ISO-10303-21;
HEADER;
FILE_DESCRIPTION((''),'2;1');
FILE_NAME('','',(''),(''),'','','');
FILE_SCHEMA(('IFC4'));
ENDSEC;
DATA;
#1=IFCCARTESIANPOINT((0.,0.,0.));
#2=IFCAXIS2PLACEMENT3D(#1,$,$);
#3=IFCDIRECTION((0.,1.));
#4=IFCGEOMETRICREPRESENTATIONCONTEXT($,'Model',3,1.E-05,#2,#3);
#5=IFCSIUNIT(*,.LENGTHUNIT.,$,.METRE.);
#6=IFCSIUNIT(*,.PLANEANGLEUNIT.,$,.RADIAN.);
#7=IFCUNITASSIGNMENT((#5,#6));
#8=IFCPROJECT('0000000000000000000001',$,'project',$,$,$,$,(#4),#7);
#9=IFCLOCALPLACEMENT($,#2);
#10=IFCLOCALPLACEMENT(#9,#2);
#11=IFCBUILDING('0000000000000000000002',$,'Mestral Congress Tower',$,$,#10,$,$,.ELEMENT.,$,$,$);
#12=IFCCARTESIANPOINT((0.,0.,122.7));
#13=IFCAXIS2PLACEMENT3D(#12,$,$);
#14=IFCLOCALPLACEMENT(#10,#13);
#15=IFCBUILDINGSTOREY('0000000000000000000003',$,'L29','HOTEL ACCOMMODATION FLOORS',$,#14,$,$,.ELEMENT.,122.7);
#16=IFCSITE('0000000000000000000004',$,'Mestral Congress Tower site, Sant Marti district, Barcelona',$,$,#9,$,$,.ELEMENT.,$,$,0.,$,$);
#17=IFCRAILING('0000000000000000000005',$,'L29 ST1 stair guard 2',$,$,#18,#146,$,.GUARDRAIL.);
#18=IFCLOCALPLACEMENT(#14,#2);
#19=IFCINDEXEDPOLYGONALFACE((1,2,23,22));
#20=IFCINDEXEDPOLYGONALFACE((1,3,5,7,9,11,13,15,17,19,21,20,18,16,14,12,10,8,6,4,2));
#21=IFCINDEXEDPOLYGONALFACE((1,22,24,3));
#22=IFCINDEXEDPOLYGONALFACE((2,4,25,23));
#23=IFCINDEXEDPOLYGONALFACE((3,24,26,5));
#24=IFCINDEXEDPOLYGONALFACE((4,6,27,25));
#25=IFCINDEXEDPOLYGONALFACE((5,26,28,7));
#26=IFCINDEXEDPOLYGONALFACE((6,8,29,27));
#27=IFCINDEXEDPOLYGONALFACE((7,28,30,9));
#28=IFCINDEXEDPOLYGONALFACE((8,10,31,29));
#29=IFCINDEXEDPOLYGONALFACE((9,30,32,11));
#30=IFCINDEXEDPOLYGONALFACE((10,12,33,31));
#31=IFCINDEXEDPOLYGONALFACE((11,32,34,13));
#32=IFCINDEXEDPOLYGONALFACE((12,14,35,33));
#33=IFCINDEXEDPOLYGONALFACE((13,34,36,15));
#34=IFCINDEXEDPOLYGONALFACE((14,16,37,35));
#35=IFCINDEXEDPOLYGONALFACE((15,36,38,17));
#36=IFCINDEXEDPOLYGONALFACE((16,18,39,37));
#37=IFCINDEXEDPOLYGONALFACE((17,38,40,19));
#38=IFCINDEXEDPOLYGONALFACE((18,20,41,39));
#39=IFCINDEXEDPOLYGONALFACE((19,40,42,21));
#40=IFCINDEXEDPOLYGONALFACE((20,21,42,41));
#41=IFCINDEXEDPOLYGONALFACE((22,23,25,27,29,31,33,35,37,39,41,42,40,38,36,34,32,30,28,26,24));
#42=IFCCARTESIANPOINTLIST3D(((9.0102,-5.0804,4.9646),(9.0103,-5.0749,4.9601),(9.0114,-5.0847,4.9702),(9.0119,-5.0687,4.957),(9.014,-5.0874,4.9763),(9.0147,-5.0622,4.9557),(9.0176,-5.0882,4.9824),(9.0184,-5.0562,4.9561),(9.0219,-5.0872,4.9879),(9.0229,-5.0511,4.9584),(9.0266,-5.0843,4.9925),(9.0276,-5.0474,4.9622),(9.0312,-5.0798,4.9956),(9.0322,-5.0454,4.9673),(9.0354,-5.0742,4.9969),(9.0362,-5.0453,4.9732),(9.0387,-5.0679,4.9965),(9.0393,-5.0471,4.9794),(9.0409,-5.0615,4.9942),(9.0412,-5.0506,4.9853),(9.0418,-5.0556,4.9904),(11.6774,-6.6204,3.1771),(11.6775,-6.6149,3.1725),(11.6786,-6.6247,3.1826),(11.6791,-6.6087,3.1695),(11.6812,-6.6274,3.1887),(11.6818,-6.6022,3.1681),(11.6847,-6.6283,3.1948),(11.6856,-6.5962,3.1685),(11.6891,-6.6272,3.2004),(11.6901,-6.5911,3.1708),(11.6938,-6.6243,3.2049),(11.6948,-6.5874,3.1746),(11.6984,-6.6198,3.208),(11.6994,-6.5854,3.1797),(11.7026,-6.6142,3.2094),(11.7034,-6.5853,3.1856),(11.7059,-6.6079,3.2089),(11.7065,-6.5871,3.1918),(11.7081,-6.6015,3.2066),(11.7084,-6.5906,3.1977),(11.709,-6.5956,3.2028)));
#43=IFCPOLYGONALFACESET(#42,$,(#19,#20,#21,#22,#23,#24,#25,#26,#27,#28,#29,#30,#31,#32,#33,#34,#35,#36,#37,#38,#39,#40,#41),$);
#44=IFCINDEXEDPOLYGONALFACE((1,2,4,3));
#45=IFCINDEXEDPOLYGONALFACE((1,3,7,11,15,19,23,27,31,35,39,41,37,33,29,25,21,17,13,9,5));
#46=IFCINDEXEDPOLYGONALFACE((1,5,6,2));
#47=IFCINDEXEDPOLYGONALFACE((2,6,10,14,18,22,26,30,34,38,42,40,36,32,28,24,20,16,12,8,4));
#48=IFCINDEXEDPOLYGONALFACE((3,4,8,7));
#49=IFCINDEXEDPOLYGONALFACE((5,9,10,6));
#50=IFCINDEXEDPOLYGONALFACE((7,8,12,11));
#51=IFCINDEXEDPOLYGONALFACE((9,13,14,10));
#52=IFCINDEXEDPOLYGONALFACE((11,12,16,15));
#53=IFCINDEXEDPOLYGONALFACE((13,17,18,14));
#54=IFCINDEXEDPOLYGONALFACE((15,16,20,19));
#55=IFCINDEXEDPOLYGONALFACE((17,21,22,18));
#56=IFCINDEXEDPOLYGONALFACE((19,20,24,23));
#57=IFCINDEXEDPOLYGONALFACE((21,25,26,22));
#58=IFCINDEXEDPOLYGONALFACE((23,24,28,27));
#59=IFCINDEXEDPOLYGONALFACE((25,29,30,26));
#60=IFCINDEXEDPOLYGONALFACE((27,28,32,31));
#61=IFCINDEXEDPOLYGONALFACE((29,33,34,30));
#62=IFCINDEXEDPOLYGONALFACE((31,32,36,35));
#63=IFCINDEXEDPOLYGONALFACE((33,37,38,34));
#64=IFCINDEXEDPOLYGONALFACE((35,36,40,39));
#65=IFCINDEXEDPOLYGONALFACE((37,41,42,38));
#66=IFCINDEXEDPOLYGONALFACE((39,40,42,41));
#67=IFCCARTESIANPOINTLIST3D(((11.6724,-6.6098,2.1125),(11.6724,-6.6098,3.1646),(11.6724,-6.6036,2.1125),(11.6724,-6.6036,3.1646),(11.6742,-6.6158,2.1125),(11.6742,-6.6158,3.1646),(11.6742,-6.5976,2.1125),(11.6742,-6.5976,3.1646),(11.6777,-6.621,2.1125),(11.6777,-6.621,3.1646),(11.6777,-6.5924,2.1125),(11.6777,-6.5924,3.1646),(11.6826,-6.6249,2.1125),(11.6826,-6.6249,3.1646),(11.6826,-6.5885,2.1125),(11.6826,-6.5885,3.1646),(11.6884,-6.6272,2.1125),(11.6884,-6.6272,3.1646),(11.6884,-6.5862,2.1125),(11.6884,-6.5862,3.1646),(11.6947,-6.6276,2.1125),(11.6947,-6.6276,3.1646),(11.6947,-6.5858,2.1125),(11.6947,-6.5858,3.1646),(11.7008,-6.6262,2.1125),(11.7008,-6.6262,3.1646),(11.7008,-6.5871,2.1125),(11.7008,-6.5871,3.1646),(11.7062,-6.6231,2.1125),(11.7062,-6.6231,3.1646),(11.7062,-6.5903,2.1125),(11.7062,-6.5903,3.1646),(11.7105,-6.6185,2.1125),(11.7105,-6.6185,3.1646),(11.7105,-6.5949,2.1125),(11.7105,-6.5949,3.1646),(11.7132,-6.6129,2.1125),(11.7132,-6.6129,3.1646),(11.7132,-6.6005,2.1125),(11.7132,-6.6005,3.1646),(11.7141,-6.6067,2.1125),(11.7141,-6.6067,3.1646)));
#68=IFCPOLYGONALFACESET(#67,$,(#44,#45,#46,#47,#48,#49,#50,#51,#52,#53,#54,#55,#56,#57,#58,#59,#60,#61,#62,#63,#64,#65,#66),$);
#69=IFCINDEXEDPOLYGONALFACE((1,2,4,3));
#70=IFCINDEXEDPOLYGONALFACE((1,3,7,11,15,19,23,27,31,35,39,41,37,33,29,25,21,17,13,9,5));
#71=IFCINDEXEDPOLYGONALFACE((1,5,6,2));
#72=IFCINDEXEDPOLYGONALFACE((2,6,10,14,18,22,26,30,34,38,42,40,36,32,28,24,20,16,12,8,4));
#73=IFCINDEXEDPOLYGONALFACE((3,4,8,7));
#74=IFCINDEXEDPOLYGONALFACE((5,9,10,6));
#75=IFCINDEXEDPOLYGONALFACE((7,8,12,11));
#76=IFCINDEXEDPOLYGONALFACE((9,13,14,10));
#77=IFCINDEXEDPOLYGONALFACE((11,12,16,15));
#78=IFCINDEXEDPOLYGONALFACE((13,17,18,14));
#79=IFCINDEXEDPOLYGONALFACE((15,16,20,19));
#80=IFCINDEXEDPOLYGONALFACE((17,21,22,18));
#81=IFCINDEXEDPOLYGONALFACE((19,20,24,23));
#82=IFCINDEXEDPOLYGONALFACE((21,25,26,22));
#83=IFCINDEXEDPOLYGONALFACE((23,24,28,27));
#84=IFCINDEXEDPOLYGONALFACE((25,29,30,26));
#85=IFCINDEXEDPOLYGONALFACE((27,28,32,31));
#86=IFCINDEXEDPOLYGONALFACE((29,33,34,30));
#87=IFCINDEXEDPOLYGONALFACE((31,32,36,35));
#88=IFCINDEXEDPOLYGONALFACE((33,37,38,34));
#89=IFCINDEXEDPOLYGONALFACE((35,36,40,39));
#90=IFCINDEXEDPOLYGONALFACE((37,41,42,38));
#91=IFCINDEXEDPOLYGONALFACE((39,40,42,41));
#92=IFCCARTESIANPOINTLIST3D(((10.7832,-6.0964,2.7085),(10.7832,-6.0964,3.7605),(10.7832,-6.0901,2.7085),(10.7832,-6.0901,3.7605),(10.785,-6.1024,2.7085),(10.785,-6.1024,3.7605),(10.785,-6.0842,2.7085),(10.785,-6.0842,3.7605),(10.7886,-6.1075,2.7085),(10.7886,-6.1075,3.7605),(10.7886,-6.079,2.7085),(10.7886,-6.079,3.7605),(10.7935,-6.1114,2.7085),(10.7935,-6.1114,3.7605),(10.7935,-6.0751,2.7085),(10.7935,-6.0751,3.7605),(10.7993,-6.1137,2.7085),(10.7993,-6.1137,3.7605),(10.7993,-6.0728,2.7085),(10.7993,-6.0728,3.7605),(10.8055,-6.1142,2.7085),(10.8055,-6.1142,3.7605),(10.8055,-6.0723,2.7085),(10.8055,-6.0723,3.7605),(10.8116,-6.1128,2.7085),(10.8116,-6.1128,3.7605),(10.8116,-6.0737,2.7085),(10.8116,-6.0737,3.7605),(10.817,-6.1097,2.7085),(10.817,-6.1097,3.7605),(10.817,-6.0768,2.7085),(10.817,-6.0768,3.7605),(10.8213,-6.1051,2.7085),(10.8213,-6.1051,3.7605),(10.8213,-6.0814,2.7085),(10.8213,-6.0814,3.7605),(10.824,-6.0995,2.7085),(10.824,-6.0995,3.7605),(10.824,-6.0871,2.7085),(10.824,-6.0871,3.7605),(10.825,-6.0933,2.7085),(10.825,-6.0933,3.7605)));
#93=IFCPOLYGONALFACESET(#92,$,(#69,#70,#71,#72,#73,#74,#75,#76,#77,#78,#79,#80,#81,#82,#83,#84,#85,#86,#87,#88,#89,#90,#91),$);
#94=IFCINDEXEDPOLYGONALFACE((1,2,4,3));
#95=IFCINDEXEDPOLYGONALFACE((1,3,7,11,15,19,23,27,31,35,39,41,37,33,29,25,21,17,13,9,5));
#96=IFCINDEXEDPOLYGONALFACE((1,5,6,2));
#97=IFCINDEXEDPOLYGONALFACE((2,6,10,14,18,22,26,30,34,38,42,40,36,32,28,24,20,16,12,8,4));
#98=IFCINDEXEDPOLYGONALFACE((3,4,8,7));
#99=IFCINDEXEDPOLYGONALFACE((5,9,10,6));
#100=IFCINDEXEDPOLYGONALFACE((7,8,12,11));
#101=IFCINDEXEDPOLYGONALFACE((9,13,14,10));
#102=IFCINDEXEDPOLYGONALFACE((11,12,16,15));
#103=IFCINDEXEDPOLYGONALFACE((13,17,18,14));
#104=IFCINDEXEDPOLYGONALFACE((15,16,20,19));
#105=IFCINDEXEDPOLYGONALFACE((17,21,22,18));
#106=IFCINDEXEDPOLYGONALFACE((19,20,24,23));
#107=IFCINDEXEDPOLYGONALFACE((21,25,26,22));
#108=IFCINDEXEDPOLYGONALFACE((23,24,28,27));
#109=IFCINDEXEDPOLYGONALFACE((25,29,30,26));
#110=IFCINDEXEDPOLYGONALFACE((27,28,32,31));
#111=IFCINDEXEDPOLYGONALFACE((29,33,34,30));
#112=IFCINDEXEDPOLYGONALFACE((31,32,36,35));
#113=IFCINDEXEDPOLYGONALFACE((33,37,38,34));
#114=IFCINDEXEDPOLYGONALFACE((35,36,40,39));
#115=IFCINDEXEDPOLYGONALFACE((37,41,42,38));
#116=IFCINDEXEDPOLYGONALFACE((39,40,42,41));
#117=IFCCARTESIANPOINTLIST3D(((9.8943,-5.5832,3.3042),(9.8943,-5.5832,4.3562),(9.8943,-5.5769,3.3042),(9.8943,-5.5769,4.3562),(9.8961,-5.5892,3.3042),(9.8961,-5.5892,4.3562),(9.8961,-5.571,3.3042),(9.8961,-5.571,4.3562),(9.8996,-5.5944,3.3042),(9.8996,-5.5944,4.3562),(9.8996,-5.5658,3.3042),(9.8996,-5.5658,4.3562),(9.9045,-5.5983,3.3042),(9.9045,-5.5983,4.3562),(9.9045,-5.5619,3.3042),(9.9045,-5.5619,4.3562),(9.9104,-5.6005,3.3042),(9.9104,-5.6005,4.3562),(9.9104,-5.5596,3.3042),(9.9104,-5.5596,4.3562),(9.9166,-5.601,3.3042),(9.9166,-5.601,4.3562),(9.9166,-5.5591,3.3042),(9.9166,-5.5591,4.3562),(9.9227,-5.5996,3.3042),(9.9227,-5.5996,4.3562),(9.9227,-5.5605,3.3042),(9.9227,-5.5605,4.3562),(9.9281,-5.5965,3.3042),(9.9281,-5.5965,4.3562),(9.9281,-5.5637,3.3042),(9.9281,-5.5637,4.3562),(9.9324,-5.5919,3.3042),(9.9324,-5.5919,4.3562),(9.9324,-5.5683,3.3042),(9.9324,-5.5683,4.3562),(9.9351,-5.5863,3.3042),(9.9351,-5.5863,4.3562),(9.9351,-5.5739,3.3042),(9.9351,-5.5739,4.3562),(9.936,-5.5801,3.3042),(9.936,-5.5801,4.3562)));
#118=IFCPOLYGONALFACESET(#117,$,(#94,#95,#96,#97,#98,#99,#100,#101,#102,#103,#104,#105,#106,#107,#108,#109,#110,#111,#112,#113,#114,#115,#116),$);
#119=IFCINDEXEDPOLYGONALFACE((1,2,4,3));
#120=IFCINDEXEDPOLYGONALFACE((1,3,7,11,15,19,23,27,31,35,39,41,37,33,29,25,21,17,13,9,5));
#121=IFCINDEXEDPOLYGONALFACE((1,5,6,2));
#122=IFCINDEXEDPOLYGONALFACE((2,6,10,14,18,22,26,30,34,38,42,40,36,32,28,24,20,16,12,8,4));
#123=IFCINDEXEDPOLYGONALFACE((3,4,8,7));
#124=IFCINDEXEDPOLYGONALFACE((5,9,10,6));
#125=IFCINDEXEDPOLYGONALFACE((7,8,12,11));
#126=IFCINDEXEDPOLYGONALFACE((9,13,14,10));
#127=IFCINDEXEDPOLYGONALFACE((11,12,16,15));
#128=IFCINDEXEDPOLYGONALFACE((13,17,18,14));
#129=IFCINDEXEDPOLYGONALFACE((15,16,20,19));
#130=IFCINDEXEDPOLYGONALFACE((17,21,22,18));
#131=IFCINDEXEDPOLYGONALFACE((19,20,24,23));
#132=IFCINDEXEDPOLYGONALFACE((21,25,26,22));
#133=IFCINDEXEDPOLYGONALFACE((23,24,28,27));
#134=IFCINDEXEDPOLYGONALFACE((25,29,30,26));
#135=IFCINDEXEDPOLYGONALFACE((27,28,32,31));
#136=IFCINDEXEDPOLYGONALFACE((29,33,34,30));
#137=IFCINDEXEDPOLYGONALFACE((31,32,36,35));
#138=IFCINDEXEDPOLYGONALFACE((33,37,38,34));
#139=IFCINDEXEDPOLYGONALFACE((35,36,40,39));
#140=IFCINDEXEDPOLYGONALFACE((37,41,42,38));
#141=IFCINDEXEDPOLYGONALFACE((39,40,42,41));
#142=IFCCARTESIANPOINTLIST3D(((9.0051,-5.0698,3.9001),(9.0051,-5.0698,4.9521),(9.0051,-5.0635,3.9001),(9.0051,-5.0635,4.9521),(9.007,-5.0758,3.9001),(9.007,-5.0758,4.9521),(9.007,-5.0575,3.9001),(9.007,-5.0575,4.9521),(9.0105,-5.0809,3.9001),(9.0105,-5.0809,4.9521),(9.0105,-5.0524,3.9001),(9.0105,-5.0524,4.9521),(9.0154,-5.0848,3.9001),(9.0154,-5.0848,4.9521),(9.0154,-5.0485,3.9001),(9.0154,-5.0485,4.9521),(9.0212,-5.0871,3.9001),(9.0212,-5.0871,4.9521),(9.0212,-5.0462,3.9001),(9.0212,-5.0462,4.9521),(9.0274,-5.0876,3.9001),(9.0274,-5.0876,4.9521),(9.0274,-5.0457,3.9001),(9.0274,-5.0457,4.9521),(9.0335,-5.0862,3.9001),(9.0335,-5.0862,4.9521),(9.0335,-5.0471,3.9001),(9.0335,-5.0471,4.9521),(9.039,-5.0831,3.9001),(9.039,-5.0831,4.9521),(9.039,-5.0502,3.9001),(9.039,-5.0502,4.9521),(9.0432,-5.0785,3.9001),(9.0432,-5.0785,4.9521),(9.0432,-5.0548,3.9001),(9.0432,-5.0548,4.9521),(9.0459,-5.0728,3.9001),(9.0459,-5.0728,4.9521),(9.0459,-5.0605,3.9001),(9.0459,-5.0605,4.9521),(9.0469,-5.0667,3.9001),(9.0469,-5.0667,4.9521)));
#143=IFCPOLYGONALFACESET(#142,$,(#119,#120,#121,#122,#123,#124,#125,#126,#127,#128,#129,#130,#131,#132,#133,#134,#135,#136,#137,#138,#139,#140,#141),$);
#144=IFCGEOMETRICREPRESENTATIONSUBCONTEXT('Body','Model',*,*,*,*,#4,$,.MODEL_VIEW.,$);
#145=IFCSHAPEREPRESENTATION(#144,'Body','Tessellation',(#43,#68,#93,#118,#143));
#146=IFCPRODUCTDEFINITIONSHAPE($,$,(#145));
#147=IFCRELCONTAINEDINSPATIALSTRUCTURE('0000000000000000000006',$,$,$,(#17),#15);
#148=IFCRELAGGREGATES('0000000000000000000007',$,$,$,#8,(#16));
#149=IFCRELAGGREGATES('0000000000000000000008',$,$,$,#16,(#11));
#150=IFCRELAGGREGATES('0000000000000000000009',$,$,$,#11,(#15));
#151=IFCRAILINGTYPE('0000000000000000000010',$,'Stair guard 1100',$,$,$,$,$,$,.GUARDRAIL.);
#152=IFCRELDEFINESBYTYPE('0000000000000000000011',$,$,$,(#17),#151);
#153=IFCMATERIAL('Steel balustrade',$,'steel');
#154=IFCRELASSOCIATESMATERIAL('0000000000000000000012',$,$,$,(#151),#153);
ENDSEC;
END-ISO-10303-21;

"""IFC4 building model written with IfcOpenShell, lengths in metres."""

from ifc_helpers import new_model, si_unit, direction, frame, origin, origin_2d, place, context, subcontext, project, spatial, circle, extrude, material, type_object, element, save


model = new_model("IFC4")

# Units and contexts
model_context = context("Model", 3, precision=1e-05, world=origin(), true_north=direction((0.0, 1.0)))
body_context = subcontext(model_context, "Body", "Model", "MODEL_VIEW")
ifc_project = project(units=[si_unit("LENGTHUNIT", "METRE"), si_unit("PLANEANGLEUNIT", "RADIAN")], contexts=[model_context])

# Site, building, storey
site_placement = place(None, origin())
site = spatial("IfcSite", under=ifc_project, at=site_placement, Name="Mestral Congress Tower site, Sant Marti district, Barcelona", CompositionType="ELEMENT", RefElevation=0.0)
building_placement = place(site_placement, origin())
building = spatial("IfcBuilding", under=site, at=building_placement, Name="Mestral Congress Tower", CompositionType="ELEMENT")
storey_placement = place(building_placement, frame((0.0, 0.0, 122.7)))
storey = spatial("IfcBuildingStorey", under=building, at=storey_placement, Name="L29", Description="HOTEL ACCOMMODATION FLOORS", CompositionType="ELEMENT", Elevation=122.7)

# Railing
ifc_material_1 = material(Name="Steel balustrade", Category="steel")
railing_type_1 = type_object("IfcRailingType", Name="Stair guard 1100", PredefinedType="GUARDRAIL", material=ifc_material_1)
railing_1_placement = place(storey_placement, frame((11.6931, -6.6067, 2.1125)))
element("IfcRailing", 1, at=railing_1_placement, inside=storey, type_object=railing_type_1, Name="L29 ST1 stair guard 2", PredefinedType="GUARDRAIL", context=body_context, shape_type="SweptSolid", body=[
    extrude(circle(Radius=0.0239, at=origin_2d()), frame((0.0, 0.0, 1.0762), z_axis=(-0.748994, 0.432463, 0.50198), x_axis=(-0.500027, -0.86601, 0.0)), (0.0, 0.0, 1.0), 3.561),
    extrude(circle(Radius=0.021, at=origin_2d()), origin(), (0.0, 0.0, 1.0), 1.052),
    extrude(circle(Radius=0.021, at=origin_2d()), frame((-0.8892, 0.5134, 0.5959)), (0.0, 0.0, 1.0), 1.052),
    extrude(circle(Radius=0.021, at=origin_2d()), frame((-1.7781, 1.0266, 1.1917)), (0.0, 0.0, 1.0), 1.052),
    extrude(circle(Radius=0.021, at=origin_2d()), frame((-2.6672, 1.54, 1.7876)), (0.0, 0.0, 1.0), 1.052),
])

save(model, "model.ifc")
